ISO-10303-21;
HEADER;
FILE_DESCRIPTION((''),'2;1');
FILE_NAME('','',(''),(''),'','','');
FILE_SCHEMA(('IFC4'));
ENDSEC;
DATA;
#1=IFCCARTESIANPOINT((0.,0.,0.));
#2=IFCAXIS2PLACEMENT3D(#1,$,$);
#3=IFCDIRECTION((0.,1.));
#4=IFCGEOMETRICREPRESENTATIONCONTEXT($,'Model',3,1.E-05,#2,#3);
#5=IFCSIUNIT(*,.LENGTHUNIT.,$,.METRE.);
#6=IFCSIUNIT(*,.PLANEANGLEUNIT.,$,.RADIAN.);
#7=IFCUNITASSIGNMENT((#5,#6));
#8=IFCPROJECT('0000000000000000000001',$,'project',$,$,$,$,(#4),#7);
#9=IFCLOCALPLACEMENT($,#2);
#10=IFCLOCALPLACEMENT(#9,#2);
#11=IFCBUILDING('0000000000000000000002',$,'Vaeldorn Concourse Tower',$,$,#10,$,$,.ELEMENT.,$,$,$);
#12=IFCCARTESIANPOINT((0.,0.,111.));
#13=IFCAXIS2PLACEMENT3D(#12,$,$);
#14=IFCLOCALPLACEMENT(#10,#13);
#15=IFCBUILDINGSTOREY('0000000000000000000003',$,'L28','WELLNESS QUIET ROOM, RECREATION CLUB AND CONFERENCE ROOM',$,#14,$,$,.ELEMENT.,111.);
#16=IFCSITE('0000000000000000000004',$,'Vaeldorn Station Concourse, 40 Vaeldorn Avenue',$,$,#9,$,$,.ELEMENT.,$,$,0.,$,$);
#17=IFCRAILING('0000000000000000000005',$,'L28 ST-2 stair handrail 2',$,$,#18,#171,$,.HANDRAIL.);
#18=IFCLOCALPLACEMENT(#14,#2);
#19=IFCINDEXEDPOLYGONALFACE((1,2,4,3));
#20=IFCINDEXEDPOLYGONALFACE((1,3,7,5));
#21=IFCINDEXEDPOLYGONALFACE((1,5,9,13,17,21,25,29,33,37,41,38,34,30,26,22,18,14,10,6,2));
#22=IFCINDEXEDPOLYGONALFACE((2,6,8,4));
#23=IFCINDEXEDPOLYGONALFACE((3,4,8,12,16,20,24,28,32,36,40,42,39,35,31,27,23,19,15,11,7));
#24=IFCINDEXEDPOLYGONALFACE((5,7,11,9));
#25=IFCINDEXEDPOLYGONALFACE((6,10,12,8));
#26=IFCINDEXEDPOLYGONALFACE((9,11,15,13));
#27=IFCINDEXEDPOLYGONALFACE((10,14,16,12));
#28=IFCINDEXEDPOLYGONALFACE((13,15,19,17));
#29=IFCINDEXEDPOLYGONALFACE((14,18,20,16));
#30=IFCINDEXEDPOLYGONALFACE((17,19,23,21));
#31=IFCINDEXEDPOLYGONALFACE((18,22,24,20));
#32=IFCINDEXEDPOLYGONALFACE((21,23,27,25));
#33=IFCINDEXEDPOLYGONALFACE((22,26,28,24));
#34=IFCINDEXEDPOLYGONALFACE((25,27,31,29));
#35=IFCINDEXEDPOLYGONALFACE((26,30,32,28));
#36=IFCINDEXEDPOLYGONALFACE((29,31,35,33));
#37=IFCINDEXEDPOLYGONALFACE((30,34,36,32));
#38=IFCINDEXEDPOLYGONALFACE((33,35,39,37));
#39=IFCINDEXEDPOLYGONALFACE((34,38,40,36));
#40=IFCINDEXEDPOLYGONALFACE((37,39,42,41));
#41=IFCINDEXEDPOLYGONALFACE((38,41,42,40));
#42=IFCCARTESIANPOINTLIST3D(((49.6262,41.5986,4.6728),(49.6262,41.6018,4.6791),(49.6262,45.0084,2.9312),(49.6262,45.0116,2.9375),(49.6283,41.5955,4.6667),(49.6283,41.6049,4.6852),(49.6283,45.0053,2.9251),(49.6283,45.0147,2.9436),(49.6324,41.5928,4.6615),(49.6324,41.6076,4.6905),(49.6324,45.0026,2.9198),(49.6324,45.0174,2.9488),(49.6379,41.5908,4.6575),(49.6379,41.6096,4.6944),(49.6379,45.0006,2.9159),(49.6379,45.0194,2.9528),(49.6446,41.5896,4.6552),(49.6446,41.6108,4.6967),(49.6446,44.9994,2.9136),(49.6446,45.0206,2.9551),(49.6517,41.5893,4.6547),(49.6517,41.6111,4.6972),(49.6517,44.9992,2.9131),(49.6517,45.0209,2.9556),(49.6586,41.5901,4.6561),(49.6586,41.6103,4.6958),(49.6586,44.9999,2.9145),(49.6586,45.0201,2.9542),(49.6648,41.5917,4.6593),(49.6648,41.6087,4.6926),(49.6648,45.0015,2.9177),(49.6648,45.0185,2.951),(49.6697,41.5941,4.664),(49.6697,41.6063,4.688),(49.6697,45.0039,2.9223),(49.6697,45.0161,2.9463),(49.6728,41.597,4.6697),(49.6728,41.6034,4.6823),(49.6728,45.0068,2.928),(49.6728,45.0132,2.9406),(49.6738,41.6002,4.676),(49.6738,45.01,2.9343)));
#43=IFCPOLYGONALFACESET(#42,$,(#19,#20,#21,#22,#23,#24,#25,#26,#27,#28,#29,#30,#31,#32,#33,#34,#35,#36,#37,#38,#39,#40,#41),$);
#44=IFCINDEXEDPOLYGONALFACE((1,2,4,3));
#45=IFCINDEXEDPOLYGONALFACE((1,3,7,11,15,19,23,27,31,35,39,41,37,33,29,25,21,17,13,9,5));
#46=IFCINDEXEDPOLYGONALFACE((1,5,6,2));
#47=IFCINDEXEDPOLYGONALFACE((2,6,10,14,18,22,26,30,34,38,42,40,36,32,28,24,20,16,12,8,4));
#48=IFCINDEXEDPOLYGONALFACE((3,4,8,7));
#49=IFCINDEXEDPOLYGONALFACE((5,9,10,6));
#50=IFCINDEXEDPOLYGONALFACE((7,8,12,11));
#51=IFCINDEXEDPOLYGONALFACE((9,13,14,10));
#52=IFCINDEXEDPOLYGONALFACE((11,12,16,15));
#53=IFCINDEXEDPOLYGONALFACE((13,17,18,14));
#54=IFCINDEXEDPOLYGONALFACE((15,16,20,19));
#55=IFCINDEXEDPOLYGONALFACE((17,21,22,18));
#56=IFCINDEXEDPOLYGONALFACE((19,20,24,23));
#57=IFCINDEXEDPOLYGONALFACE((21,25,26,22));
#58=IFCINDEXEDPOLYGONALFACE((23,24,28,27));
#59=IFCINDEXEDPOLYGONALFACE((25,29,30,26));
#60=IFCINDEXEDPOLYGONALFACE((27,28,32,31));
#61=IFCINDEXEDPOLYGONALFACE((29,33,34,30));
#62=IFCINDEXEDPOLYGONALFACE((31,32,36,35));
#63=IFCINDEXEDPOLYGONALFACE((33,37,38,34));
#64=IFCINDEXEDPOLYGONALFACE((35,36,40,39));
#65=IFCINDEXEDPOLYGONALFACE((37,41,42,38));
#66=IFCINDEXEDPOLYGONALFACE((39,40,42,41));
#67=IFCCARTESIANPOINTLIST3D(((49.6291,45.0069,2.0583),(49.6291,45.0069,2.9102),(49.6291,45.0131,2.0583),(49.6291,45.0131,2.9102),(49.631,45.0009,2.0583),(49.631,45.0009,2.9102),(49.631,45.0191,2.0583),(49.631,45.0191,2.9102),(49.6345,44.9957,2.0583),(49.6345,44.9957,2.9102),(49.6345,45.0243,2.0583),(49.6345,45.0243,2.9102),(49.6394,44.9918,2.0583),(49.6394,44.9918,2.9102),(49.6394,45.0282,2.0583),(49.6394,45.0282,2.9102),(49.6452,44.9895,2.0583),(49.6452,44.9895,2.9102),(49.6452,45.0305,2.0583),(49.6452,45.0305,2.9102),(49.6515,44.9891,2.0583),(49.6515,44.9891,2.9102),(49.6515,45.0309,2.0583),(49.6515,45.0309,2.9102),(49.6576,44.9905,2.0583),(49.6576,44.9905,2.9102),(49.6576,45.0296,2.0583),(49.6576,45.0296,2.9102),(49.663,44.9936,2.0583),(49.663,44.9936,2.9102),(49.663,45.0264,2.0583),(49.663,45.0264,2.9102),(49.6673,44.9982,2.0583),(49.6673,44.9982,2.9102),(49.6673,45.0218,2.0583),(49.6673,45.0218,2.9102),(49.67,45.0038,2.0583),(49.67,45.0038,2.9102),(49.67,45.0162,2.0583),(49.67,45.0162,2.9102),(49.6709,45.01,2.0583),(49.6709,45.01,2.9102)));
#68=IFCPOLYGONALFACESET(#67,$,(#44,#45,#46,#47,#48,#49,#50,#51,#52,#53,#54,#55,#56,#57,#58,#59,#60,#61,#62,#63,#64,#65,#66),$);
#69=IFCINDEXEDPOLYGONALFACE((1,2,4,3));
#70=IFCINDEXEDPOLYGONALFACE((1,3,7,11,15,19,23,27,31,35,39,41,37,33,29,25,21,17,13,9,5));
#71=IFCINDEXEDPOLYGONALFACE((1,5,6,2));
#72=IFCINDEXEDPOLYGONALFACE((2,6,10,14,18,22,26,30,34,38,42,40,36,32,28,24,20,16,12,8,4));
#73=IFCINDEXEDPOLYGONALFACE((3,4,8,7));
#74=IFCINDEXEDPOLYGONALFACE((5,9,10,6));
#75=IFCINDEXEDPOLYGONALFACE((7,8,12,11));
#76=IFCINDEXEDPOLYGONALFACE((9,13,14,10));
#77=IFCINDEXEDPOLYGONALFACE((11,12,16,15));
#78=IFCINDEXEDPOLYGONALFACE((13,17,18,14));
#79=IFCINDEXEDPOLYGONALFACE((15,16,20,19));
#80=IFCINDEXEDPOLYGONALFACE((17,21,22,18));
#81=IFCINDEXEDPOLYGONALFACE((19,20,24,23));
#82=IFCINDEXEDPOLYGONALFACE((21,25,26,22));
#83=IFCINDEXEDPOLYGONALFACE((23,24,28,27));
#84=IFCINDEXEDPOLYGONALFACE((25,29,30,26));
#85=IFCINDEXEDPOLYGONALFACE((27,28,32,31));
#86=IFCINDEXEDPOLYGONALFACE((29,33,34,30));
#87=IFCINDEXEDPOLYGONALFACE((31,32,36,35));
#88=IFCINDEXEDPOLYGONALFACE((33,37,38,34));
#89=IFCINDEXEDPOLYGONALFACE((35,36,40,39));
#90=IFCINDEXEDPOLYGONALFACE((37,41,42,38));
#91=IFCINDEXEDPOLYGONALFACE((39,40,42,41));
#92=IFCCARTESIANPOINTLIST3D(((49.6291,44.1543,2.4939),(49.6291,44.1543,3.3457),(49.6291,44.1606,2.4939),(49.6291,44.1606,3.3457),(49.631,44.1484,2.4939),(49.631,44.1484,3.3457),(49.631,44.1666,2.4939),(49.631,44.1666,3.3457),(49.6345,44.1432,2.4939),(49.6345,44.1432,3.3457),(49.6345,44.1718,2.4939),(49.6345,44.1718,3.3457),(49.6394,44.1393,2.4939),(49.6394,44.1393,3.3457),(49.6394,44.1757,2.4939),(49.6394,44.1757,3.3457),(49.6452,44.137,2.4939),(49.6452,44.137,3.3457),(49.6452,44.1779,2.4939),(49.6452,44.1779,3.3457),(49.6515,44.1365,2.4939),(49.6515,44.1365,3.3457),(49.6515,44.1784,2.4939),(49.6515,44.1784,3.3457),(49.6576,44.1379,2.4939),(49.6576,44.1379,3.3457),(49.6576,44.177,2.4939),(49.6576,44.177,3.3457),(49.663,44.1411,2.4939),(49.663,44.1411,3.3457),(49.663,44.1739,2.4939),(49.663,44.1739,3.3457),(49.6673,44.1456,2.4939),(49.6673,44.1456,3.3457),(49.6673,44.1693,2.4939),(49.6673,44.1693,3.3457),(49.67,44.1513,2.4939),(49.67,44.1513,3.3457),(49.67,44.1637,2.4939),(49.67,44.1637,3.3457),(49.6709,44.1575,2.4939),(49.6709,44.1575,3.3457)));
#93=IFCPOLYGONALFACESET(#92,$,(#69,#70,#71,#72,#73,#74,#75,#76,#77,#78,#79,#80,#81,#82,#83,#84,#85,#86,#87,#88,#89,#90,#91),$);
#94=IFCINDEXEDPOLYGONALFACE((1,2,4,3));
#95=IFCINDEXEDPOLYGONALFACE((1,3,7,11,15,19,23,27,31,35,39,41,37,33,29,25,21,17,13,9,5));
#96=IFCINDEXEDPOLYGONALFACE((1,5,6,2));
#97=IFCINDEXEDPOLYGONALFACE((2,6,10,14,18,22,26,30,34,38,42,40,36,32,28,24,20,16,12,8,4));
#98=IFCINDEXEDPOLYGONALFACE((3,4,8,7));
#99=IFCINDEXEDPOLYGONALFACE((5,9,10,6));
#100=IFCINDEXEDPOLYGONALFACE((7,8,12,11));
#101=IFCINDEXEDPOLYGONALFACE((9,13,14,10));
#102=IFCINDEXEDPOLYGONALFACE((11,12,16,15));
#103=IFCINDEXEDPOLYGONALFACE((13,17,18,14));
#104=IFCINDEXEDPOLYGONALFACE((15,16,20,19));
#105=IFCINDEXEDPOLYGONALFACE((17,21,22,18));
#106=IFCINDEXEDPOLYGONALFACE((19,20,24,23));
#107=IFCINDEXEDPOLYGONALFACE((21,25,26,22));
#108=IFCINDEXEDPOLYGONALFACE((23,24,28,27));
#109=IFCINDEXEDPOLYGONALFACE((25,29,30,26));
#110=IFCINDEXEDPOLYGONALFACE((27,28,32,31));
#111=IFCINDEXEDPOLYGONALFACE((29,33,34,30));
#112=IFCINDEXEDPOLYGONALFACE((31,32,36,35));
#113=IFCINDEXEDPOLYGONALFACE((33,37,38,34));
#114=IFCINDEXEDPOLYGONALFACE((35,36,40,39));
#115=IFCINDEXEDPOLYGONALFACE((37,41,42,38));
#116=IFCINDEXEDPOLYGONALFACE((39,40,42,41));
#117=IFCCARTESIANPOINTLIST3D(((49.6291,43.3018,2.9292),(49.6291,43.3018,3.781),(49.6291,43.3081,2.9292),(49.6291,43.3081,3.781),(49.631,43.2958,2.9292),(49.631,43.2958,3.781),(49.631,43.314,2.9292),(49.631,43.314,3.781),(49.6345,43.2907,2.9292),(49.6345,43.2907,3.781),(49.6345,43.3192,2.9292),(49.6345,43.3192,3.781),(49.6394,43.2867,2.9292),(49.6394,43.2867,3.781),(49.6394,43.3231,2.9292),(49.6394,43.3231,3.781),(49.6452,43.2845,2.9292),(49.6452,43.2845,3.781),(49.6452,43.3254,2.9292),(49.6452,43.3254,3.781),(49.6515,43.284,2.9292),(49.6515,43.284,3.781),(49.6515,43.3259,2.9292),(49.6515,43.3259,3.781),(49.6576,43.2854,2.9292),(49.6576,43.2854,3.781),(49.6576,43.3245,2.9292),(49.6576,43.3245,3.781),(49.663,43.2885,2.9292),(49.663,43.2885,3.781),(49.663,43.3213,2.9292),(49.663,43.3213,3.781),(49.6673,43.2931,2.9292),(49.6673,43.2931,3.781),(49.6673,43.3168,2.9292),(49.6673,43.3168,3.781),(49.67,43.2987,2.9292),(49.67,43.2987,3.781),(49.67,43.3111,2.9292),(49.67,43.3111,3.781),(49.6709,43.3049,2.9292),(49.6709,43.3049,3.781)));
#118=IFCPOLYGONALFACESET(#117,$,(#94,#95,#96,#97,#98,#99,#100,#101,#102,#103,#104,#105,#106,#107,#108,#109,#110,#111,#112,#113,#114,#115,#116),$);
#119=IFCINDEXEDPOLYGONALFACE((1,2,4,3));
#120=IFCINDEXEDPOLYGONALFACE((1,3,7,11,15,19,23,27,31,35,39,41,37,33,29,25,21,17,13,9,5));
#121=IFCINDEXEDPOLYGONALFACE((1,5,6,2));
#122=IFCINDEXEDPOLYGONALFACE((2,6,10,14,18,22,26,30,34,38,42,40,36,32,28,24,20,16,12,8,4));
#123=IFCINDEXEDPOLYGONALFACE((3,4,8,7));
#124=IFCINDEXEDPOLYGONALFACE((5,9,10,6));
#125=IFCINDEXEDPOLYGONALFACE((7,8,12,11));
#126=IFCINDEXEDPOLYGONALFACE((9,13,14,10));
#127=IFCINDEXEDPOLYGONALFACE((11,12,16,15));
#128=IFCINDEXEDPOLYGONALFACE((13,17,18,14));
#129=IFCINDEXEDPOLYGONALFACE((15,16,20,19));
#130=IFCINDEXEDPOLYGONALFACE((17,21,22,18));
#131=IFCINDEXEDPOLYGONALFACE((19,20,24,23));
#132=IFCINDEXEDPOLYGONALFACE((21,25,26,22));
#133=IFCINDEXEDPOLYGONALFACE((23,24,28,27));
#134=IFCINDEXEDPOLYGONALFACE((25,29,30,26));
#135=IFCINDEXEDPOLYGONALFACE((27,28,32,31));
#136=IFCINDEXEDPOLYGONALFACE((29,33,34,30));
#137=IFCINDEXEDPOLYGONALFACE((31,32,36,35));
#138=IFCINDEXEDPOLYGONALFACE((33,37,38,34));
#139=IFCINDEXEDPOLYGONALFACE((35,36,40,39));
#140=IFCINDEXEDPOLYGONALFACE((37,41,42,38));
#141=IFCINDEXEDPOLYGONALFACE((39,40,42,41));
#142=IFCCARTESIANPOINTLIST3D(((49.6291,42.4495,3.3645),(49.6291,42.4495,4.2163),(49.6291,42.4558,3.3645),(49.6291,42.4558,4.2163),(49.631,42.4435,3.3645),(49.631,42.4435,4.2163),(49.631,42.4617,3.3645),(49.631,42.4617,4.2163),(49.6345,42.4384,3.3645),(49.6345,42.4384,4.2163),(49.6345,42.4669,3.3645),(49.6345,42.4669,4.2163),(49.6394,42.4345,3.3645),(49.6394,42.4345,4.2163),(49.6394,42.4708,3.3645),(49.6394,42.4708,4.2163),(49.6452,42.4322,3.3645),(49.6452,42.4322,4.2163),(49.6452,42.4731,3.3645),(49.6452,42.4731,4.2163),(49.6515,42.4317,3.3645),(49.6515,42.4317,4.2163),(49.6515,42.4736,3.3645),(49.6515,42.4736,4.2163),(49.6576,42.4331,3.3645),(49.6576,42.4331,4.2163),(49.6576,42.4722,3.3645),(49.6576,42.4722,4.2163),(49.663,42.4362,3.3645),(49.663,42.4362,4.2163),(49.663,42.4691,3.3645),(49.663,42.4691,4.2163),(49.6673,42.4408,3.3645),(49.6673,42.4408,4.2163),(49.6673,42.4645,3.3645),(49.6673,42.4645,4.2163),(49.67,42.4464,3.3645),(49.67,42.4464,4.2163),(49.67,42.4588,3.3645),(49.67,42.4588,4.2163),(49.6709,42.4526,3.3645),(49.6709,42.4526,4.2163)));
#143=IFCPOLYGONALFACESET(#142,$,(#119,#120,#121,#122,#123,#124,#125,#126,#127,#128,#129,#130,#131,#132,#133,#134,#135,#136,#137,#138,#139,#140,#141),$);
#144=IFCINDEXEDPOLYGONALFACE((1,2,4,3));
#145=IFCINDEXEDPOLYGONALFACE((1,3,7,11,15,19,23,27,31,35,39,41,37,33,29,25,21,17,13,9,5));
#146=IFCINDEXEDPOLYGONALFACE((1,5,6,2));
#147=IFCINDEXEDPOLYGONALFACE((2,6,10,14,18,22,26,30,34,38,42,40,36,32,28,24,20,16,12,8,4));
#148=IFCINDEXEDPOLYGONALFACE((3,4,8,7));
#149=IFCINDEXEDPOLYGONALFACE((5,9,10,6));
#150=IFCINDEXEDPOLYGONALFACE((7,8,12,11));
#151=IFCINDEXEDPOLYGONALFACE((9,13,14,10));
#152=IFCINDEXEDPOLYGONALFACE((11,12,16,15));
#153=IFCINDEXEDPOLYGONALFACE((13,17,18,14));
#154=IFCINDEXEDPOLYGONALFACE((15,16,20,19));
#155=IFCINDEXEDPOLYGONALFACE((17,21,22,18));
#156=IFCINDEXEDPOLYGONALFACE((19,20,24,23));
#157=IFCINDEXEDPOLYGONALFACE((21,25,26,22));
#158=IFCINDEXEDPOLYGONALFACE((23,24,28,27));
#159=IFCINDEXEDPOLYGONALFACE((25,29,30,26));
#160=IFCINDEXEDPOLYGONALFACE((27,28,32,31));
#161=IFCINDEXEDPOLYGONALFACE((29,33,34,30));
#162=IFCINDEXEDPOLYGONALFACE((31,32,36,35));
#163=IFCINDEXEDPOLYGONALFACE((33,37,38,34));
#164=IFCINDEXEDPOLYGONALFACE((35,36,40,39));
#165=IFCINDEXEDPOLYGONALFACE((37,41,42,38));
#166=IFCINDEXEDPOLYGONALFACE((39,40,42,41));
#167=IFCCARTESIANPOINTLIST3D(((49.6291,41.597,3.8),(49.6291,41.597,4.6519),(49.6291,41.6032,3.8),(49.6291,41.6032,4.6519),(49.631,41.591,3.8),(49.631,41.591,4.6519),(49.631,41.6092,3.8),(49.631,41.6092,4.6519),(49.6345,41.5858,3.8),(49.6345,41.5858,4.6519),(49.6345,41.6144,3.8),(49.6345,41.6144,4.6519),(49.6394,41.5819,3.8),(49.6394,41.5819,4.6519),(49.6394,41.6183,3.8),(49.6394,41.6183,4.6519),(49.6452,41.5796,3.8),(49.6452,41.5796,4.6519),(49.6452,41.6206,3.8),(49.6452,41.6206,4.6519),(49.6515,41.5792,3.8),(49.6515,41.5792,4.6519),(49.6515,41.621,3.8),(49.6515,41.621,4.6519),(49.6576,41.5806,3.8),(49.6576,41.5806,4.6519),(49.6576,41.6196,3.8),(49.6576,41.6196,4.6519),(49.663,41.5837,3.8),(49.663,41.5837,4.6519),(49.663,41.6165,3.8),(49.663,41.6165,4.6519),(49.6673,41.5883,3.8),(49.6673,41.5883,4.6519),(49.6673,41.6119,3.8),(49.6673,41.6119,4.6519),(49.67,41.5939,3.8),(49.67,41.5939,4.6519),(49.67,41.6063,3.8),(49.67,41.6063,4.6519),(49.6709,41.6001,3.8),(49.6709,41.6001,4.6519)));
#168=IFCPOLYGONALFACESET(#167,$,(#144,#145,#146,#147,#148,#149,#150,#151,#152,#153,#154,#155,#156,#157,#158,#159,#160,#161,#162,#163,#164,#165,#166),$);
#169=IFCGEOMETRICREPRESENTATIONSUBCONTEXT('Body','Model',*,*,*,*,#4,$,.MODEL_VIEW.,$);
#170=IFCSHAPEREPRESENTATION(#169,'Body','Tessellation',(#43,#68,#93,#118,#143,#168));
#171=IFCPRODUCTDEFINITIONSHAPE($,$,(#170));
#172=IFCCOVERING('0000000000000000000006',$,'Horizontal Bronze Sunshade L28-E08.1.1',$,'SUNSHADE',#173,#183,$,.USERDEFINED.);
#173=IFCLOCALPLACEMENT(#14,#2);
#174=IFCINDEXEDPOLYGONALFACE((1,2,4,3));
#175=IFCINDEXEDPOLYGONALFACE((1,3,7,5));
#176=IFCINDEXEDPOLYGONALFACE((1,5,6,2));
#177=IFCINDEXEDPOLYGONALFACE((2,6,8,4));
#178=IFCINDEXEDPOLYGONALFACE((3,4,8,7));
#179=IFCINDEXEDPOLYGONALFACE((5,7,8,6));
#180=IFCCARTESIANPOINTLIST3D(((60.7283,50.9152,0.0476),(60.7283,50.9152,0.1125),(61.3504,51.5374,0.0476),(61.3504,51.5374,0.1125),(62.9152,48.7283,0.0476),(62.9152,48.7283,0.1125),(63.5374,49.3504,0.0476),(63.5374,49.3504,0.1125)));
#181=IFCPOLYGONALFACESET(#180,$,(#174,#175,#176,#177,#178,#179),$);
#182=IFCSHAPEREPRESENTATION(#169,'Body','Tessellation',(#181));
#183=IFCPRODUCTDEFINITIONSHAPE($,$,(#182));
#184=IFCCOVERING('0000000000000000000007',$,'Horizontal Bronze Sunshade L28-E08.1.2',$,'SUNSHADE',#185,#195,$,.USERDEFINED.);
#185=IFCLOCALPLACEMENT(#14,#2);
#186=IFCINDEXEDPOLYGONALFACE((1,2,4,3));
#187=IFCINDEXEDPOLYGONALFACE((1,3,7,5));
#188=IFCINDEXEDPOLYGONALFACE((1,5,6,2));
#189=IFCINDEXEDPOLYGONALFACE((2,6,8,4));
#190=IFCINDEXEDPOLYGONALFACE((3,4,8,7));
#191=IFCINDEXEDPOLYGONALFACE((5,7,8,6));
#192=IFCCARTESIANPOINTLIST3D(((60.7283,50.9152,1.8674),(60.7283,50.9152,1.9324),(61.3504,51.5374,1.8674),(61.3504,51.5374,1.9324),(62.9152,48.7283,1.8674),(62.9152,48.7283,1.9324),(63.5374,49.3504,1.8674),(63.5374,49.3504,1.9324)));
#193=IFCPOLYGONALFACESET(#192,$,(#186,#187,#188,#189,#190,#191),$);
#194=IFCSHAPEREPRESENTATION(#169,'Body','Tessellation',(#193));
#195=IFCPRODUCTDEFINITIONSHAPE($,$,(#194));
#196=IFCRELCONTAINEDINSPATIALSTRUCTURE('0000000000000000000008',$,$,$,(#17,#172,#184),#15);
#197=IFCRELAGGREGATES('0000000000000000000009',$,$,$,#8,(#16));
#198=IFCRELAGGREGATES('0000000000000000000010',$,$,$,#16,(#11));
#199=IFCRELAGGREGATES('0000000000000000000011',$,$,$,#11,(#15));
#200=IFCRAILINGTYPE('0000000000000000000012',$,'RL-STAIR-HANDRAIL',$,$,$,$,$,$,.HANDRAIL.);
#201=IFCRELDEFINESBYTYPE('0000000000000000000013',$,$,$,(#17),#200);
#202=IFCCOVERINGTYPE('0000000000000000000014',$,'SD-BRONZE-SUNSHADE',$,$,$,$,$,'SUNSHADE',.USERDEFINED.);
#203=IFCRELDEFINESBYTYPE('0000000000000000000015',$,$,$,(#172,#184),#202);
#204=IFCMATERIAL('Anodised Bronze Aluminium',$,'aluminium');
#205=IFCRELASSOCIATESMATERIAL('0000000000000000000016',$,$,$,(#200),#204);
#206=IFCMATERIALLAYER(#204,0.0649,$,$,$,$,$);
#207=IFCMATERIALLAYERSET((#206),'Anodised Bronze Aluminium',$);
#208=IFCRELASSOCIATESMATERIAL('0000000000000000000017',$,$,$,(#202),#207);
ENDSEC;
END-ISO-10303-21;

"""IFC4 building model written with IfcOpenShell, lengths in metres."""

from ifc_helpers import new_model, si_unit, direction, frame, origin, origin_2d, place, context, subcontext, project, spatial, rectangle, circle, extrude, source, transform, mapped, material, layer, layer_set, type_object, element, save


model = new_model("IFC4")

# Units and contexts
model_context = context("Model", 3, precision=1e-05, world=origin(), true_north=direction((0.0, 1.0)))
body_context = subcontext(model_context, "Body", "Model", "MODEL_VIEW")
ifc_project = project(units=[si_unit("LENGTHUNIT", "METRE"), si_unit("PLANEANGLEUNIT", "RADIAN")], contexts=[model_context])

# Site, building, storey
site_placement = place(None, origin())
site = spatial("IfcSite", under=ifc_project, at=site_placement, Name="Vaeldorn Station Concourse, 40 Vaeldorn Avenue", CompositionType="ELEMENT", RefElevation=0.0)
building_placement = place(site_placement, origin())
building = spatial("IfcBuilding", under=site, at=building_placement, Name="Vaeldorn Concourse Tower", CompositionType="ELEMENT")
storey_placement = place(building_placement, frame((0.0, 0.0, 111.0)))
storey = spatial("IfcBuildingStorey", under=building, at=storey_placement, Name="L28", Description="WELLNESS QUIET ROOM, RECREATION CLUB AND CONFERENCE ROOM", CompositionType="ELEMENT", Elevation=111.0)

# Shared definitions
ifc_material_1 = material(Name="Anodised Bronze Aluminium", Category="aluminium")

# Railing
railing_type_1 = type_object("IfcRailingType", Name="RL-STAIR-HANDRAIL", PredefinedType="HANDRAIL", material=ifc_material_1)
railing_1_placement = place(storey_placement, frame((49.6499, 45.01, 2.0583)))
element("IfcRailing", 1, at=railing_1_placement, inside=storey, type_object=railing_type_1, Name="L28 ST-2 stair handrail 2", PredefinedType="HANDRAIL", context=body_context, shape_type="SweptSolid", body=[
    extrude(circle(Radius=0.0239, at=origin_2d()), frame((0.0, 0.0, 0.876), z_axis=(0.0, -0.890556, 0.454874), x_axis=(1.0, 0.0, 0.0)), (0.0, 0.0, 1.0), 3.8289),
    extrude(circle(Radius=0.021, at=origin_2d()), origin(), (0.0, 0.0, 1.0), 0.8518),
    extrude(circle(Radius=0.021, at=origin_2d()), frame((0.0, -0.8525, 0.4355)), (0.0, 0.0, 1.0), 0.8518),
    extrude(circle(Radius=0.021, at=origin_2d()), frame((0.0, -1.7051, 0.8708)), (0.0, 0.0, 1.0), 0.8518),
    extrude(circle(Radius=0.021, at=origin_2d()), frame((0.0, -2.5574, 1.3062)), (0.0, 0.0, 1.0), 0.8518),
    extrude(circle(Radius=0.021, at=origin_2d()), frame((0.0, -3.4099, 1.7417)), (0.0, 0.0, 1.0), 0.8518),
])

# Coverings
ifc_layer_1 = layer(ifc_material_1, 0.0649)
ifc_layer_set_1 = layer_set([ifc_layer_1], Name="Anodised Bronze Aluminium")
covering_type = type_object("IfcCoveringType", Name="SD-BRONZE-SUNSHADE", ElementType="SUNSHADE", PredefinedType="USERDEFINED", material=ifc_layer_set_1)
shared_shape_1 = source(origin(), body_context, "Body", "SweptSolid", [
    extrude(rectangle(XDim=3.0928, YDim=0.8799, at=origin_2d()), origin(), (0.0, 0.0, 1.0), 0.0649),
])
for number, where, z_axis, x_axis, name in (
    (2, (62.1328, 50.1328, 0.0476), (0.0, 0.0, 1.0), (-0.707107, 0.707107, 0.0), "Horizontal Bronze Sunshade L28-E08.1.1"),
    (3, (62.1328, 50.1328, 1.8674), (0.0, 0.0, 1.0), (-0.707107, 0.707107, 0.0), "Horizontal Bronze Sunshade L28-E08.1.2"),
):
    element("IfcCovering", number, at=place(storey_placement, frame(where, z_axis=z_axis, x_axis=x_axis)), inside=storey, type_object=covering_type, Name=name, ObjectType="SUNSHADE", PredefinedType="USERDEFINED", context=body_context, shape_type="MappedRepresentation", body=[
        mapped(shared_shape_1, transform((0.0, 0.0, 0.0), scale=1.0)),
    ])

save(model, "model.ifc")
